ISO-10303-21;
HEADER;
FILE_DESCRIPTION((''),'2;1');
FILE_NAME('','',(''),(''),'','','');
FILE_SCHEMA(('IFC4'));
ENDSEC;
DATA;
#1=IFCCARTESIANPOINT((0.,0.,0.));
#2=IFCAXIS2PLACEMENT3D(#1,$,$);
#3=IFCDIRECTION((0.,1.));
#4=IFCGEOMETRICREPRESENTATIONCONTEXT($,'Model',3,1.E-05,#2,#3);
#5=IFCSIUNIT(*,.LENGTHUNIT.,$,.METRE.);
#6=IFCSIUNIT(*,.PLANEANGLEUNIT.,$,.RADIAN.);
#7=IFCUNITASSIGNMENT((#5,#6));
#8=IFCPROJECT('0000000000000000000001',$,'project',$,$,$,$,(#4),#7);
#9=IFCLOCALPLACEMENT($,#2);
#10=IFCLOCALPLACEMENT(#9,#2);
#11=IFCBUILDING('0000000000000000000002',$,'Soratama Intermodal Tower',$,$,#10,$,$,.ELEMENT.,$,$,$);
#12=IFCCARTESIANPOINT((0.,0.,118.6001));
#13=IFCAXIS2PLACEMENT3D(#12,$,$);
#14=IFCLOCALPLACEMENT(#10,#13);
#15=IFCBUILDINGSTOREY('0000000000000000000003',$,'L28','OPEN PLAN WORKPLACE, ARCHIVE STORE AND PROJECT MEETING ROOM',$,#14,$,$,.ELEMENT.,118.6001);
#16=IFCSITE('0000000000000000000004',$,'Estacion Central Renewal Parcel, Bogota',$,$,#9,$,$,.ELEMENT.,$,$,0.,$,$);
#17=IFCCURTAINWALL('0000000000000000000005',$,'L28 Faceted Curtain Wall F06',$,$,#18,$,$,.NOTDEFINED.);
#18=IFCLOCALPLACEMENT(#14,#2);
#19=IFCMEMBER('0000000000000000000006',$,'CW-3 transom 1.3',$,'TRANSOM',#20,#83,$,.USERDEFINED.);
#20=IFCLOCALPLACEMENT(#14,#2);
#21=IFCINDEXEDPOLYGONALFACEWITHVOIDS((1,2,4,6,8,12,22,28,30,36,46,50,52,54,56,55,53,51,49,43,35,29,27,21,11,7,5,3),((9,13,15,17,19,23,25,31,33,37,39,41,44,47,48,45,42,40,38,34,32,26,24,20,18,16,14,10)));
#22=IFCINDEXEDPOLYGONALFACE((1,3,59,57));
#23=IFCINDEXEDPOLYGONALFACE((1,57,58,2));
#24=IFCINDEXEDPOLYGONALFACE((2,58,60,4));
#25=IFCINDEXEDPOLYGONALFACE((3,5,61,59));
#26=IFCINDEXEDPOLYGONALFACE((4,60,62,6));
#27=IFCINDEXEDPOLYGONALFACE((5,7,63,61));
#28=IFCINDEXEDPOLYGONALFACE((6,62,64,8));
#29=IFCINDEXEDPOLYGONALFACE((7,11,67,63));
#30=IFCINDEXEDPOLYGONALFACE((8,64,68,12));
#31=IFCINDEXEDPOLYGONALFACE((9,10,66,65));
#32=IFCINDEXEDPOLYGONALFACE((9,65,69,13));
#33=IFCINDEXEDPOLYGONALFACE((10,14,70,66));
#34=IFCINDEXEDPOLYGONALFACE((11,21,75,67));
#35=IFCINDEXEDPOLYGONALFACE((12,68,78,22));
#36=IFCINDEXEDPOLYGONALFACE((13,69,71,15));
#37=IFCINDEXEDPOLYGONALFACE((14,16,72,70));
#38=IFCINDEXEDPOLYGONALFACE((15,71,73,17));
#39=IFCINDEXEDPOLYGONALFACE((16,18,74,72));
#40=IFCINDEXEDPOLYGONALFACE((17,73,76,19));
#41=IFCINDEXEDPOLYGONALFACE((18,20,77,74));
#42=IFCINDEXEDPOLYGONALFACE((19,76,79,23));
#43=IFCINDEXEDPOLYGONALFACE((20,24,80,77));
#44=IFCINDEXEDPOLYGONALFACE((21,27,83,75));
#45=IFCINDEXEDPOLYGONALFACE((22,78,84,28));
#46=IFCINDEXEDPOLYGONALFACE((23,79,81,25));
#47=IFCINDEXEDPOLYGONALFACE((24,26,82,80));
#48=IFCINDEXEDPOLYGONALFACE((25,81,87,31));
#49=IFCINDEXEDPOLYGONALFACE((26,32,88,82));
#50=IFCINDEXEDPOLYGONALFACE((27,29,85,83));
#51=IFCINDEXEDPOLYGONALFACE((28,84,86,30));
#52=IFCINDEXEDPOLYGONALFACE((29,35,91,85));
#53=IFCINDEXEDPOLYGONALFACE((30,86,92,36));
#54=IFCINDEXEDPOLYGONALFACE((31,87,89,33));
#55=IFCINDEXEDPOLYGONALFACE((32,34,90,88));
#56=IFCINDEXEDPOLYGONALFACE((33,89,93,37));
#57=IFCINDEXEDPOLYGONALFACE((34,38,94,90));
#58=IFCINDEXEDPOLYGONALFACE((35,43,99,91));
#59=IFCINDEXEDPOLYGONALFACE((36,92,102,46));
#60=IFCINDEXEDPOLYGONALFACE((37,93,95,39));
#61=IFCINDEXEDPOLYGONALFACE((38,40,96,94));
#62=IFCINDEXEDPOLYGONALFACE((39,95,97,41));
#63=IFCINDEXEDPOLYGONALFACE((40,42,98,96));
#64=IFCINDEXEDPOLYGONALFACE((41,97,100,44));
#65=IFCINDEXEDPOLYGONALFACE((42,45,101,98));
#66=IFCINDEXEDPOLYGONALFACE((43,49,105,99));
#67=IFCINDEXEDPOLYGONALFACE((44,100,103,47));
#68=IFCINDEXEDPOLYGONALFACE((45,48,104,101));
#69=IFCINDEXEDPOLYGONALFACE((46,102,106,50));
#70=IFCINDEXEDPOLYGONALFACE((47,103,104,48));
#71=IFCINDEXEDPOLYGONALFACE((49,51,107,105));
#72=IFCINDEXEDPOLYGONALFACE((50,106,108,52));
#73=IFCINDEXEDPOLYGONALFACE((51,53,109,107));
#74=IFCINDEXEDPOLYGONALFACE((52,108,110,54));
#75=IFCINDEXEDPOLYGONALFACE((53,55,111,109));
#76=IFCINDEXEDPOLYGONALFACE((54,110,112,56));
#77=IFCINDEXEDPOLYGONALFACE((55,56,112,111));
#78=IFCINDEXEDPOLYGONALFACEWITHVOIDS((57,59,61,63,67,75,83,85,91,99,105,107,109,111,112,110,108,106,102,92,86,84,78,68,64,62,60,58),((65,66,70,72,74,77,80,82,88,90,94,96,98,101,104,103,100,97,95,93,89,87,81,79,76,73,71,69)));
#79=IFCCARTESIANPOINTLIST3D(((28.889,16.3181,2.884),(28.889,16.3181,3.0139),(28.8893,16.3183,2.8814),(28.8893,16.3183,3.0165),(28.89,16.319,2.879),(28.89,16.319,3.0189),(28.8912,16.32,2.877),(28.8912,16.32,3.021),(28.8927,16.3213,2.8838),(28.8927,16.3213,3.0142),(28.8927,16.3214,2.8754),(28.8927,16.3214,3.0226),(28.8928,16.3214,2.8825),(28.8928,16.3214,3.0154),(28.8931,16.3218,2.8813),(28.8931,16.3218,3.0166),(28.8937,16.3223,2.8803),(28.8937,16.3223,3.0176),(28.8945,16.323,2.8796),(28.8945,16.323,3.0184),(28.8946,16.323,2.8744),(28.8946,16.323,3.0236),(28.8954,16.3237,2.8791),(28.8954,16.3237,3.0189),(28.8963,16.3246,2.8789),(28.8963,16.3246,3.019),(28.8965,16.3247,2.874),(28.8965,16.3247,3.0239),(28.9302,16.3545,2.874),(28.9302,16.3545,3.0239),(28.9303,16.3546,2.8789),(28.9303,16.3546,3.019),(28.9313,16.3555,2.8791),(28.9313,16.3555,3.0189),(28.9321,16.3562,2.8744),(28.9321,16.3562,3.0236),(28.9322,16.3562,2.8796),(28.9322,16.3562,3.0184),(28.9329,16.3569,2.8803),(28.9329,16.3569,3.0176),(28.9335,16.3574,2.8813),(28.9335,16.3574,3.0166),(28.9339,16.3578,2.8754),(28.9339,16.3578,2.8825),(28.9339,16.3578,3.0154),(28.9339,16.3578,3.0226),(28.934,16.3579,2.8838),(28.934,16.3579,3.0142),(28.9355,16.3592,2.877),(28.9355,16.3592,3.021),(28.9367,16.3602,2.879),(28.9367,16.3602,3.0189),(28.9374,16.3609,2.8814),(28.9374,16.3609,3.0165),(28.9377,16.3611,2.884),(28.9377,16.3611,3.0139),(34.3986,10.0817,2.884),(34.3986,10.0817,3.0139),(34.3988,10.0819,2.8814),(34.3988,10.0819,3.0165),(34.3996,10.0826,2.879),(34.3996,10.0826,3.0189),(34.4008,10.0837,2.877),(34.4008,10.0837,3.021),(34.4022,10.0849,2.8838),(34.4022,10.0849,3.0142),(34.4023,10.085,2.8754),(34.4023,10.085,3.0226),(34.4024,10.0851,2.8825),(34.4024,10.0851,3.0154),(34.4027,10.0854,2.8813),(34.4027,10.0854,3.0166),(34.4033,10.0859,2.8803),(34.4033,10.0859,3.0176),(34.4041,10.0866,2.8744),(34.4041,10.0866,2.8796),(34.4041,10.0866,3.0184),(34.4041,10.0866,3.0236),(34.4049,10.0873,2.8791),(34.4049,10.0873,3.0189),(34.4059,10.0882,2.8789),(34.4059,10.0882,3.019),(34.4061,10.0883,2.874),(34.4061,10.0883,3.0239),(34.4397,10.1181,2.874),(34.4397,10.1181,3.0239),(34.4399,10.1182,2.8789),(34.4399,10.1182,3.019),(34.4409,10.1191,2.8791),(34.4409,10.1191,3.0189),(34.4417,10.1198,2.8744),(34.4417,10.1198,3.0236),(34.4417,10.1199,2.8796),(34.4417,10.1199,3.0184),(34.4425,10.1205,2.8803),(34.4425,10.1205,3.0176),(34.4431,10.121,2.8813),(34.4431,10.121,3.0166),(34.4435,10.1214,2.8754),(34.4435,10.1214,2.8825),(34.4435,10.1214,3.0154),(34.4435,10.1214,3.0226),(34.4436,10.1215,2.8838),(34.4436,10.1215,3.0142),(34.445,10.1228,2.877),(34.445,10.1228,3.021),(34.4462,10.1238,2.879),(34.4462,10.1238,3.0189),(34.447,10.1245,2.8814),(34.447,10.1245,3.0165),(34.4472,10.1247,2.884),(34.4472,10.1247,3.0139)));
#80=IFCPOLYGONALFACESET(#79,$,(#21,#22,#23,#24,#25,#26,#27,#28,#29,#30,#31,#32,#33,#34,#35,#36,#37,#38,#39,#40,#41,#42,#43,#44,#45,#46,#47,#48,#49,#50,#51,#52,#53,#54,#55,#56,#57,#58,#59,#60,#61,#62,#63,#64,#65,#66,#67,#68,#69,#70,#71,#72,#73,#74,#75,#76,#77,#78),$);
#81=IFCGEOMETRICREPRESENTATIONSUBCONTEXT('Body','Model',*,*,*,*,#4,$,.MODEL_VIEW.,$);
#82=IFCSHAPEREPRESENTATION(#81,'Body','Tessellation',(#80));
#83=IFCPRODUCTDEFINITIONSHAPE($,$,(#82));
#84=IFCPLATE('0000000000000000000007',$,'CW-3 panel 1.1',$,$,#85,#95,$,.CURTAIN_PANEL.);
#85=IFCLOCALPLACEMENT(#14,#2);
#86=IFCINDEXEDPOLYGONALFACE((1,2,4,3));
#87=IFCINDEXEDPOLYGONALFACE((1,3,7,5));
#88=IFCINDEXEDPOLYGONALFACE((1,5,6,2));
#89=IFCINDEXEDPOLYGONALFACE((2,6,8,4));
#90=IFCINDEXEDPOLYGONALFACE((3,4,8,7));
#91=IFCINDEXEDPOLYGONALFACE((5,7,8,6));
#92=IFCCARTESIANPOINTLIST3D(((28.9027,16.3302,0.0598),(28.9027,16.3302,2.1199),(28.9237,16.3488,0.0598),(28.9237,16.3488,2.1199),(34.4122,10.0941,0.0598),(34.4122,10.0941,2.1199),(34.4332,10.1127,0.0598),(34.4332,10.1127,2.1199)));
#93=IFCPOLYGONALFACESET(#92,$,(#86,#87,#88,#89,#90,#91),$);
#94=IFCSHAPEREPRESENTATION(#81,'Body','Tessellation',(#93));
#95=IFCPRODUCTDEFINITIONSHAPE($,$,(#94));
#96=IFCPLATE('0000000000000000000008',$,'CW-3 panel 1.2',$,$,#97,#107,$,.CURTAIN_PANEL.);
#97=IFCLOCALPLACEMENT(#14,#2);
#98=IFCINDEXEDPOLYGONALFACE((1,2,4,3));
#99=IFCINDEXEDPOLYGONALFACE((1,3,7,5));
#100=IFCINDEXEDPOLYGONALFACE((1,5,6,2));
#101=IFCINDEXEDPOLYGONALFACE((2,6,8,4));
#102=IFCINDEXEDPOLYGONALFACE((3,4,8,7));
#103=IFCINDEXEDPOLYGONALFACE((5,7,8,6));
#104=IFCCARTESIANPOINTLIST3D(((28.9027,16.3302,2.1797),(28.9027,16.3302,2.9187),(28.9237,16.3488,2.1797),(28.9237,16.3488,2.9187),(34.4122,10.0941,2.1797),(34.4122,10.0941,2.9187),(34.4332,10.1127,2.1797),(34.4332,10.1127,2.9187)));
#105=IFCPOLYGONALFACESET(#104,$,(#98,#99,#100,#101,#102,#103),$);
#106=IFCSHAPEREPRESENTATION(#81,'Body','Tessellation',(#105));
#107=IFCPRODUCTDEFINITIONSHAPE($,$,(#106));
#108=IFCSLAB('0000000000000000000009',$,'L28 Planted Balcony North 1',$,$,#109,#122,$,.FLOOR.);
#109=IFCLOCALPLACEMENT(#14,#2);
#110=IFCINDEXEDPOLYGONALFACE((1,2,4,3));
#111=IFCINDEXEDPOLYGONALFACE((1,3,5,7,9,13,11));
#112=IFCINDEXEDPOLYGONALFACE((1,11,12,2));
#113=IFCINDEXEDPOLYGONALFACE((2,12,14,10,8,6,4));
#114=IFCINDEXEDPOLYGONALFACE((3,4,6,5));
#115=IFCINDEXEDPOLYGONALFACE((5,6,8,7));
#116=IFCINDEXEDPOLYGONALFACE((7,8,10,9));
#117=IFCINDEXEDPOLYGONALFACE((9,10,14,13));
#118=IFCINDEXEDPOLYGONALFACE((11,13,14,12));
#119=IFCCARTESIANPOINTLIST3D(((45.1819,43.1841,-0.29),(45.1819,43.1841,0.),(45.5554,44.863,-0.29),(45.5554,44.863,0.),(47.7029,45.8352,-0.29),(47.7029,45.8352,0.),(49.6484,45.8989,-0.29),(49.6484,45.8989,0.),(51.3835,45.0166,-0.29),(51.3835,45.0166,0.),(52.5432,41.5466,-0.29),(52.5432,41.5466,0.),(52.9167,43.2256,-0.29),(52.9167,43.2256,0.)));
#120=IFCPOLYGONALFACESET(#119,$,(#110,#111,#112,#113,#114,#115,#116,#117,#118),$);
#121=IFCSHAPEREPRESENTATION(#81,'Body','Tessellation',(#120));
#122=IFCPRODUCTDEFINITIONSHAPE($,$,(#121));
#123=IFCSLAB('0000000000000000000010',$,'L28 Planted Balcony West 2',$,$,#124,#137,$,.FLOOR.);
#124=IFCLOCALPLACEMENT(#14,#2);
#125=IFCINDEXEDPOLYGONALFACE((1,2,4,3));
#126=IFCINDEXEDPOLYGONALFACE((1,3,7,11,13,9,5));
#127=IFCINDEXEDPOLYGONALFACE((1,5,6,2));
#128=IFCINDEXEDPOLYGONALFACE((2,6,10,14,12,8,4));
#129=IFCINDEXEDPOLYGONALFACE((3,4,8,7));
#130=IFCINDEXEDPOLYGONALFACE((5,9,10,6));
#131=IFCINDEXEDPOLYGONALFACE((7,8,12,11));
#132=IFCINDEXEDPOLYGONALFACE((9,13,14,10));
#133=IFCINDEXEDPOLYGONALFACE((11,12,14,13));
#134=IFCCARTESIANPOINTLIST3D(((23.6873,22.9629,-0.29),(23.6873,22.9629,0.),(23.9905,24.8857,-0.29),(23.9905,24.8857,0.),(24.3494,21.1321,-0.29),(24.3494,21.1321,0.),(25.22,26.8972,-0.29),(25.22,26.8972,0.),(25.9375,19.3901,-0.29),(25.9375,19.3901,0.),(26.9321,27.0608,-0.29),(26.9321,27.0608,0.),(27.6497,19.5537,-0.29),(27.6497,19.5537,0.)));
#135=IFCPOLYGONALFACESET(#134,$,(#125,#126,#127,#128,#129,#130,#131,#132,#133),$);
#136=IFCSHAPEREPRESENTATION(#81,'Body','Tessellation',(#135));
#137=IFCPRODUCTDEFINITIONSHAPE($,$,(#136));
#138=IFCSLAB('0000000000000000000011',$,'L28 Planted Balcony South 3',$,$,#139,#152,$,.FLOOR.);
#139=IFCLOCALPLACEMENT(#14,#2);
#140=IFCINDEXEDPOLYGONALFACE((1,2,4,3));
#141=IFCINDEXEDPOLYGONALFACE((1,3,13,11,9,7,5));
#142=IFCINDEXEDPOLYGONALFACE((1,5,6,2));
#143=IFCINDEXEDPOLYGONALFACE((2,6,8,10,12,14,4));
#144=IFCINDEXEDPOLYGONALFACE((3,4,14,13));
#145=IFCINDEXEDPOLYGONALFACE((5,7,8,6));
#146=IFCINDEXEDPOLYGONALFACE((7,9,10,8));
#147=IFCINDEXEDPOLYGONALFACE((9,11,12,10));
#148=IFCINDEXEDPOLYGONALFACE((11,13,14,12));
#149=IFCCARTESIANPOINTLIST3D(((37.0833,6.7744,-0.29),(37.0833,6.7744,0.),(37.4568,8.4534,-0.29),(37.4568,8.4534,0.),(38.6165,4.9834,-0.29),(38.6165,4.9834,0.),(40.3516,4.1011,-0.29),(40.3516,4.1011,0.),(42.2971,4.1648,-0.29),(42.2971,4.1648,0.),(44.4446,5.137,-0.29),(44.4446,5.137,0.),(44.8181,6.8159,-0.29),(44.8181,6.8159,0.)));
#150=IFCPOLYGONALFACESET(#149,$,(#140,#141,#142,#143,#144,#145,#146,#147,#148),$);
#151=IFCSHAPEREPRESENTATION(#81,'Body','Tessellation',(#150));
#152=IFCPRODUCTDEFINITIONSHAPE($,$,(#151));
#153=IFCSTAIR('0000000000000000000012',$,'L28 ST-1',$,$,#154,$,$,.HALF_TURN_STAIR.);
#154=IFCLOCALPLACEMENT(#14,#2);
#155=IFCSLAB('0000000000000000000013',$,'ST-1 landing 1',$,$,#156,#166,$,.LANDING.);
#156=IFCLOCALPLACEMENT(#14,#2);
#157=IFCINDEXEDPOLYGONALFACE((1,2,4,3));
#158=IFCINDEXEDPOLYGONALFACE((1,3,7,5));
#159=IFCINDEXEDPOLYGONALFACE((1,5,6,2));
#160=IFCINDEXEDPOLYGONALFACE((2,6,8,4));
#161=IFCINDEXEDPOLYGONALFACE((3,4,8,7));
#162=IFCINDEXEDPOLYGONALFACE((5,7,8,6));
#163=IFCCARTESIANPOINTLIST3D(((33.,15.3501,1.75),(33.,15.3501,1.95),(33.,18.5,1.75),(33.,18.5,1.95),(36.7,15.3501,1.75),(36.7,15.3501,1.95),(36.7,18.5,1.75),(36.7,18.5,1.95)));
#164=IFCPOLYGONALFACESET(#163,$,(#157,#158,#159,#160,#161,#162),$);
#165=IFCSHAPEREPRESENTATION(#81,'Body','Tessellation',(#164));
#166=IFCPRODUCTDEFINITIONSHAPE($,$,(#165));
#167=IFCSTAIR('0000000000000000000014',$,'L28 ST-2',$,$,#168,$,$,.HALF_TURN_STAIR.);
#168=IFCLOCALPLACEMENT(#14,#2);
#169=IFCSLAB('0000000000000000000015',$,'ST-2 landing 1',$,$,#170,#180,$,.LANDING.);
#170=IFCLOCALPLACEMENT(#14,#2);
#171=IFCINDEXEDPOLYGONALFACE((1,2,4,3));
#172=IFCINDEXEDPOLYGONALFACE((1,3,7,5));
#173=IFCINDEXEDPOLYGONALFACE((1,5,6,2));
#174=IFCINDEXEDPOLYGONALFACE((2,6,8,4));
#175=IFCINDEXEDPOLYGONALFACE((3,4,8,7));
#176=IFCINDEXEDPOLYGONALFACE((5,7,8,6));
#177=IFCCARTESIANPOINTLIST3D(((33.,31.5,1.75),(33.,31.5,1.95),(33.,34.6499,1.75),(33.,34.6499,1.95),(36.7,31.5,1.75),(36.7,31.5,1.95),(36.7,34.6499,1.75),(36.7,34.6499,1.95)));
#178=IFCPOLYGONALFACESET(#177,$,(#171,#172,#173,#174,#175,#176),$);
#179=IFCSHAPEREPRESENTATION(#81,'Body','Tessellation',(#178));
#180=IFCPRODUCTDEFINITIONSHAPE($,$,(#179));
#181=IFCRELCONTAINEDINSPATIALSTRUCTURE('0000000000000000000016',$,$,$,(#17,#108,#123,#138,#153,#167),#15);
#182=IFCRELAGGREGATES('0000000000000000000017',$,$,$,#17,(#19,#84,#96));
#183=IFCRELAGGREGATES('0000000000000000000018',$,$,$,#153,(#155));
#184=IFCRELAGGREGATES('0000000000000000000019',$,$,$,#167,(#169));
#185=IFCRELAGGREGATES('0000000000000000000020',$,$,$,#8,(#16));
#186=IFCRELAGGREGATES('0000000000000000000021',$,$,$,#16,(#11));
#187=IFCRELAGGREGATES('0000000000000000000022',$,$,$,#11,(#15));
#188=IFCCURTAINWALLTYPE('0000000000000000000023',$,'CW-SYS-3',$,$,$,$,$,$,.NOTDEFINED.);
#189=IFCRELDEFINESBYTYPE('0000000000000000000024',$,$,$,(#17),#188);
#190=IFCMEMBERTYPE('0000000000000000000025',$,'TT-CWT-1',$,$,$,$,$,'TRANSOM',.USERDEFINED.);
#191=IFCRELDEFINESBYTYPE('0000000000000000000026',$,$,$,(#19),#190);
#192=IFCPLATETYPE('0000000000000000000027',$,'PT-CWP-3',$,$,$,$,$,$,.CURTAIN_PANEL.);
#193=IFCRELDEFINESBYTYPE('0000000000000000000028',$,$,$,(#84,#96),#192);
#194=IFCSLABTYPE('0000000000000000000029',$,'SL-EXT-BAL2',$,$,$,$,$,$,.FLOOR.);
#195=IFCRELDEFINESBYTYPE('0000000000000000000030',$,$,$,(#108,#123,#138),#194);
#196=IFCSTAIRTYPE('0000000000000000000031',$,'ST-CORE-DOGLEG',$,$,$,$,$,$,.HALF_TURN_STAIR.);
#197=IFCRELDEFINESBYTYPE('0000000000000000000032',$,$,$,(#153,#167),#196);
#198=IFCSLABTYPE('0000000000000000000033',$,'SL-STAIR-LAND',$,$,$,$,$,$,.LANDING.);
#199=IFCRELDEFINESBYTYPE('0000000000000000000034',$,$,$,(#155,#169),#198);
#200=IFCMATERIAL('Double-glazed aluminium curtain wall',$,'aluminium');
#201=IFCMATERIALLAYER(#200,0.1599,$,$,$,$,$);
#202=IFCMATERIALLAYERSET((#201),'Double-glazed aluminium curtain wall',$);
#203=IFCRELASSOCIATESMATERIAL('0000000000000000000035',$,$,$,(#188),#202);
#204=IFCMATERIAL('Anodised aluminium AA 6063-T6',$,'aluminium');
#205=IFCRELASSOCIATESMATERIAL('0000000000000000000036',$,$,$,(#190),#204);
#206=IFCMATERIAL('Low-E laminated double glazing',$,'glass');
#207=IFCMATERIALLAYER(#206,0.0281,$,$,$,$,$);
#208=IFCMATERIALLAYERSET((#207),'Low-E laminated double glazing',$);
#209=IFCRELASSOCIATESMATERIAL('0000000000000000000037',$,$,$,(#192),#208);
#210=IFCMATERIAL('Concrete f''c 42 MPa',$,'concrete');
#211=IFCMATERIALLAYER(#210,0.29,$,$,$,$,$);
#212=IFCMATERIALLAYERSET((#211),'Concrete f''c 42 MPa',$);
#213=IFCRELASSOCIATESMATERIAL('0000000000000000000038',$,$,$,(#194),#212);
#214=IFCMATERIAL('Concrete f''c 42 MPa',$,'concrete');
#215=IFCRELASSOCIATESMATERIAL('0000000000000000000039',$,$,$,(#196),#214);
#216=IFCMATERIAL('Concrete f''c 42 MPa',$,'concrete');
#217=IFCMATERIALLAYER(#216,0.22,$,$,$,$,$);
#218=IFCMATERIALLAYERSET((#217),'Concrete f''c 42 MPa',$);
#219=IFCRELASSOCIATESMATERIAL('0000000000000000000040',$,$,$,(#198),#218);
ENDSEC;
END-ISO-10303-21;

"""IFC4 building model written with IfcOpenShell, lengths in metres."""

from ifc_helpers import new_model, si_unit, direction, frame, origin, origin_2d, place, context, subcontext, project, spatial, polyline, rectangle, hollow_rectangle, outline, extrude, material, layer, layer_set, material_profile, profile_set, type_object, element, aggregate, save


model = new_model("IFC4")

# Units and contexts
model_context = context("Model", 3, precision=1e-05, world=origin(), true_north=direction((0.0, 1.0)))
body_context = subcontext(model_context, "Body", "Model", "MODEL_VIEW")
ifc_project = project(units=[si_unit("LENGTHUNIT", "METRE"), si_unit("PLANEANGLEUNIT", "RADIAN")], contexts=[model_context])

# Site, building, storey
site_placement = place(None, origin())
site = spatial("IfcSite", under=ifc_project, at=site_placement, Name="Estacion Central Renewal Parcel, Bogota", CompositionType="ELEMENT", RefElevation=0.0)
building_placement = place(site_placement, origin())
building = spatial("IfcBuilding", under=site, at=building_placement, Name="Soratama Intermodal Tower", CompositionType="ELEMENT")
storey_placement = place(building_placement, frame((0.0, 0.0, 118.6001)))
storey = spatial("IfcBuildingStorey", under=building, at=storey_placement, Name="L28", Description="OPEN PLAN WORKPLACE, ARCHIVE STORE AND PROJECT MEETING ROOM", CompositionType="ELEMENT", Elevation=118.6001)

# Curtain wall, member, plates
ifc_material_1 = material(Name="Double-glazed aluminium curtain wall", Category="aluminium")
ifc_layer_1 = layer(ifc_material_1, 0.1599)
ifc_layer_set_1 = layer_set([ifc_layer_1], Name="Double-glazed aluminium curtain wall")
curtain_wall_type = type_object("IfcCurtainWallType", Name="CW-SYS-3", PredefinedType="NOTDEFINED", material=ifc_layer_set_1)
curtain_wall_placement = place(storey_placement, origin())
curtain_wall = element("IfcCurtainWall", 1, at=curtain_wall_placement, inside=storey, type_object=curtain_wall_type, Name="L28 Faceted Curtain Wall F06", PredefinedType="NOTDEFINED")
ifc_material_2 = material(Name="Anodised aluminium AA 6063-T6", Category="aluminium")
ifc_material_profile_1 = material_profile(ifc_material_2, hollow_rectangle(XDim=0.0649, YDim=0.1499, WallThickness=0.0049, InnerFilletRadius=0.0049, OuterFilletRadius=0.01, at=origin_2d()), Name="CWT150X65X5")
ifc_profile_set_1 = profile_set([ifc_material_profile_1], Name="Anodised aluminium AA 6063-T6")
member_type_1 = type_object("IfcMemberType", Name="TT-CWT-1", ElementType="TRANSOM", PredefinedType="USERDEFINED", material=ifc_profile_set_1)
member_1_placement = place(storey_placement, frame((28.9133, 16.3396, 2.949), z_axis=(0.662086, -0.749428, 0.0), x_axis=(0.749428, 0.662086, 0.0)))
member_1 = element("IfcMember", 2, at=member_1_placement, type_object=member_type_1, Name="CW-3 transom 1.3", ObjectType="TRANSOM", PredefinedType="USERDEFINED", context=body_context, shape_type="SweptSolid", body=[
    extrude(hollow_rectangle(XDim=0.0649, YDim=0.1499, WallThickness=0.0049, InnerFilletRadius=0.0049, OuterFilletRadius=0.01, at=origin_2d()), origin(), (0.0, 0.0, 1.0), 8.3215),
])
ifc_material_3 = material(Name="Low-E laminated double glazing", Category="glass")
ifc_layer_2 = layer(ifc_material_3, 0.0281)
ifc_layer_set_2 = layer_set([ifc_layer_2], Name="Low-E laminated double glazing")
plate_type = type_object("IfcPlateType", Name="PT-CWP-3", PredefinedType="CURTAIN_PANEL", material=ifc_layer_set_2)
plate_1_placement = place(storey_placement, frame((31.668, 13.2214, 0.0598), z_axis=(0.0, 0.0, 1.0), x_axis=(0.662098, -0.749418, 0.0)))
plate_1 = element("IfcPlate", 3, at=plate_1_placement, type_object=plate_type, Name="CW-3 panel 1.1", PredefinedType="CURTAIN_PANEL", context=body_context, shape_type="SweptSolid", body=[
    extrude(rectangle(XDim=8.3213, YDim=0.0281, at=origin_2d()), origin(), (0.0, 0.0, 1.0), 2.0601),
])
plate_2_placement = place(storey_placement, frame((31.668, 13.2214, 2.1797), z_axis=(0.0, 0.0, 1.0), x_axis=(0.662098, -0.749418, 0.0)))
plate_2 = element("IfcPlate", 4, at=plate_2_placement, type_object=plate_type, Name="CW-3 panel 1.2", PredefinedType="CURTAIN_PANEL", context=body_context, shape_type="SweptSolid", body=[
    extrude(rectangle(XDim=8.3213, YDim=0.0281, at=origin_2d()), origin(), (0.0, 0.0, 1.0), 0.739),
])
aggregate(curtain_wall, [member_1, plate_1, plate_2])

# Slabs
ifc_material_4 = material(Name="Concrete f'c 42 MPa", Category="concrete")
ifc_layer_3 = layer(ifc_material_4, 0.29)
ifc_layer_set_3 = layer_set([ifc_layer_3], Name="Concrete f'c 42 MPa")
slab_type_1 = type_object("IfcSlabType", Name="SL-EXT-BAL2", PredefinedType="FLOOR", material=ifc_layer_set_3)
slab_1_placement = place(storey_placement, frame((0.0, 0.0, -0.29)))
element("IfcSlab", 5, at=slab_1_placement, inside=storey, type_object=slab_type_1, Name="L28 Planted Balcony North 1", PredefinedType="FLOOR", context=body_context, shape_type="SweptSolid", body=[
    extrude(outline(polyline([(52.5432, 41.5466), (45.1819, 43.1841), (45.5554, 44.863), (47.7029, 45.8352), (49.6484, 45.8989), (51.3835, 45.0166), (52.9167, 43.2256), (52.5432, 41.5466)])), origin(), (0.0, 0.0, 1.0), 0.29),
])
slab_2_placement = place(storey_placement, frame((0.0, 0.0, -0.29)))
element("IfcSlab", 6, at=slab_2_placement, inside=storey, type_object=slab_type_1, Name="L28 Planted Balcony West 2", PredefinedType="FLOOR", context=body_context, shape_type="SweptSolid", body=[
    extrude(outline(polyline([(26.9321, 27.0608), (27.6497, 19.5537), (25.9375, 19.3901), (24.3494, 21.1321), (23.6873, 22.9629), (23.9905, 24.8857), (25.22, 26.8972), (26.9321, 27.0608)])), origin(), (0.0, 0.0, 1.0), 0.29),
])
slab_3_placement = place(storey_placement, frame((0.0, 0.0, -0.29)))
element("IfcSlab", 7, at=slab_3_placement, inside=storey, type_object=slab_type_1, Name="L28 Planted Balcony South 3", PredefinedType="FLOOR", context=body_context, shape_type="SweptSolid", body=[
    extrude(outline(polyline([(37.4568, 8.4534), (44.8181, 6.8159), (44.4446, 5.137), (42.2971, 4.1648), (40.3516, 4.1011), (38.6165, 4.9834), (37.0833, 6.7744), (37.4568, 8.4534)])), origin(), (0.0, 0.0, 1.0), 0.29),
])

# Stairs, slabs
ifc_material_5 = material(Name="Concrete f'c 42 MPa", Category="concrete")
stair_type = type_object("IfcStairType", Name="ST-CORE-DOGLEG", PredefinedType="HALF_TURN_STAIR", material=ifc_material_5)
stair_1_placement = place(storey_placement, origin())
stair_1 = element("IfcStair", 8, at=stair_1_placement, inside=storey, type_object=stair_type, Name="L28 ST-1", PredefinedType="HALF_TURN_STAIR")
ifc_material_6 = material(Name="Concrete f'c 42 MPa", Category="concrete")
ifc_layer_4 = layer(ifc_material_6, 0.22)
ifc_layer_set_4 = layer_set([ifc_layer_4], Name="Concrete f'c 42 MPa")
slab_type_2 = type_object("IfcSlabType", Name="SL-STAIR-LAND", PredefinedType="LANDING", material=ifc_layer_set_4)
slab_4_placement = place(storey_placement, frame((0.0, 0.0, 1.75)))
slab_4 = element("IfcSlab", 9, at=slab_4_placement, type_object=slab_type_2, Name="ST-1 landing 1", PredefinedType="LANDING", context=body_context, shape_type="SweptSolid", body=[
    extrude(outline(polyline([(36.7, 18.5), (33.0, 18.5), (33.0, 15.3501), (36.7, 15.3501), (36.7, 18.5)])), origin(), (0.0, 0.0, 1.0), 0.2),
])
aggregate(stair_1, [slab_4])
stair_2_placement = place(storey_placement, origin())
stair_2 = element("IfcStair", 10, at=stair_2_placement, inside=storey, type_object=stair_type, Name="L28 ST-2", PredefinedType="HALF_TURN_STAIR")
slab_5_placement = place(storey_placement, frame((0.0, 0.0, 1.75)))
slab_5 = element("IfcSlab", 11, at=slab_5_placement, type_object=slab_type_2, Name="ST-2 landing 1", PredefinedType="LANDING", context=body_context, shape_type="SweptSolid", body=[
    extrude(outline(polyline([(36.7, 34.6499), (33.0, 34.6499), (33.0, 31.5), (36.7, 31.5), (36.7, 34.6499)])), origin(), (0.0, 0.0, 1.0), 0.2),
])
aggregate(stair_2, [slab_5])

save(model, "model.ifc")
